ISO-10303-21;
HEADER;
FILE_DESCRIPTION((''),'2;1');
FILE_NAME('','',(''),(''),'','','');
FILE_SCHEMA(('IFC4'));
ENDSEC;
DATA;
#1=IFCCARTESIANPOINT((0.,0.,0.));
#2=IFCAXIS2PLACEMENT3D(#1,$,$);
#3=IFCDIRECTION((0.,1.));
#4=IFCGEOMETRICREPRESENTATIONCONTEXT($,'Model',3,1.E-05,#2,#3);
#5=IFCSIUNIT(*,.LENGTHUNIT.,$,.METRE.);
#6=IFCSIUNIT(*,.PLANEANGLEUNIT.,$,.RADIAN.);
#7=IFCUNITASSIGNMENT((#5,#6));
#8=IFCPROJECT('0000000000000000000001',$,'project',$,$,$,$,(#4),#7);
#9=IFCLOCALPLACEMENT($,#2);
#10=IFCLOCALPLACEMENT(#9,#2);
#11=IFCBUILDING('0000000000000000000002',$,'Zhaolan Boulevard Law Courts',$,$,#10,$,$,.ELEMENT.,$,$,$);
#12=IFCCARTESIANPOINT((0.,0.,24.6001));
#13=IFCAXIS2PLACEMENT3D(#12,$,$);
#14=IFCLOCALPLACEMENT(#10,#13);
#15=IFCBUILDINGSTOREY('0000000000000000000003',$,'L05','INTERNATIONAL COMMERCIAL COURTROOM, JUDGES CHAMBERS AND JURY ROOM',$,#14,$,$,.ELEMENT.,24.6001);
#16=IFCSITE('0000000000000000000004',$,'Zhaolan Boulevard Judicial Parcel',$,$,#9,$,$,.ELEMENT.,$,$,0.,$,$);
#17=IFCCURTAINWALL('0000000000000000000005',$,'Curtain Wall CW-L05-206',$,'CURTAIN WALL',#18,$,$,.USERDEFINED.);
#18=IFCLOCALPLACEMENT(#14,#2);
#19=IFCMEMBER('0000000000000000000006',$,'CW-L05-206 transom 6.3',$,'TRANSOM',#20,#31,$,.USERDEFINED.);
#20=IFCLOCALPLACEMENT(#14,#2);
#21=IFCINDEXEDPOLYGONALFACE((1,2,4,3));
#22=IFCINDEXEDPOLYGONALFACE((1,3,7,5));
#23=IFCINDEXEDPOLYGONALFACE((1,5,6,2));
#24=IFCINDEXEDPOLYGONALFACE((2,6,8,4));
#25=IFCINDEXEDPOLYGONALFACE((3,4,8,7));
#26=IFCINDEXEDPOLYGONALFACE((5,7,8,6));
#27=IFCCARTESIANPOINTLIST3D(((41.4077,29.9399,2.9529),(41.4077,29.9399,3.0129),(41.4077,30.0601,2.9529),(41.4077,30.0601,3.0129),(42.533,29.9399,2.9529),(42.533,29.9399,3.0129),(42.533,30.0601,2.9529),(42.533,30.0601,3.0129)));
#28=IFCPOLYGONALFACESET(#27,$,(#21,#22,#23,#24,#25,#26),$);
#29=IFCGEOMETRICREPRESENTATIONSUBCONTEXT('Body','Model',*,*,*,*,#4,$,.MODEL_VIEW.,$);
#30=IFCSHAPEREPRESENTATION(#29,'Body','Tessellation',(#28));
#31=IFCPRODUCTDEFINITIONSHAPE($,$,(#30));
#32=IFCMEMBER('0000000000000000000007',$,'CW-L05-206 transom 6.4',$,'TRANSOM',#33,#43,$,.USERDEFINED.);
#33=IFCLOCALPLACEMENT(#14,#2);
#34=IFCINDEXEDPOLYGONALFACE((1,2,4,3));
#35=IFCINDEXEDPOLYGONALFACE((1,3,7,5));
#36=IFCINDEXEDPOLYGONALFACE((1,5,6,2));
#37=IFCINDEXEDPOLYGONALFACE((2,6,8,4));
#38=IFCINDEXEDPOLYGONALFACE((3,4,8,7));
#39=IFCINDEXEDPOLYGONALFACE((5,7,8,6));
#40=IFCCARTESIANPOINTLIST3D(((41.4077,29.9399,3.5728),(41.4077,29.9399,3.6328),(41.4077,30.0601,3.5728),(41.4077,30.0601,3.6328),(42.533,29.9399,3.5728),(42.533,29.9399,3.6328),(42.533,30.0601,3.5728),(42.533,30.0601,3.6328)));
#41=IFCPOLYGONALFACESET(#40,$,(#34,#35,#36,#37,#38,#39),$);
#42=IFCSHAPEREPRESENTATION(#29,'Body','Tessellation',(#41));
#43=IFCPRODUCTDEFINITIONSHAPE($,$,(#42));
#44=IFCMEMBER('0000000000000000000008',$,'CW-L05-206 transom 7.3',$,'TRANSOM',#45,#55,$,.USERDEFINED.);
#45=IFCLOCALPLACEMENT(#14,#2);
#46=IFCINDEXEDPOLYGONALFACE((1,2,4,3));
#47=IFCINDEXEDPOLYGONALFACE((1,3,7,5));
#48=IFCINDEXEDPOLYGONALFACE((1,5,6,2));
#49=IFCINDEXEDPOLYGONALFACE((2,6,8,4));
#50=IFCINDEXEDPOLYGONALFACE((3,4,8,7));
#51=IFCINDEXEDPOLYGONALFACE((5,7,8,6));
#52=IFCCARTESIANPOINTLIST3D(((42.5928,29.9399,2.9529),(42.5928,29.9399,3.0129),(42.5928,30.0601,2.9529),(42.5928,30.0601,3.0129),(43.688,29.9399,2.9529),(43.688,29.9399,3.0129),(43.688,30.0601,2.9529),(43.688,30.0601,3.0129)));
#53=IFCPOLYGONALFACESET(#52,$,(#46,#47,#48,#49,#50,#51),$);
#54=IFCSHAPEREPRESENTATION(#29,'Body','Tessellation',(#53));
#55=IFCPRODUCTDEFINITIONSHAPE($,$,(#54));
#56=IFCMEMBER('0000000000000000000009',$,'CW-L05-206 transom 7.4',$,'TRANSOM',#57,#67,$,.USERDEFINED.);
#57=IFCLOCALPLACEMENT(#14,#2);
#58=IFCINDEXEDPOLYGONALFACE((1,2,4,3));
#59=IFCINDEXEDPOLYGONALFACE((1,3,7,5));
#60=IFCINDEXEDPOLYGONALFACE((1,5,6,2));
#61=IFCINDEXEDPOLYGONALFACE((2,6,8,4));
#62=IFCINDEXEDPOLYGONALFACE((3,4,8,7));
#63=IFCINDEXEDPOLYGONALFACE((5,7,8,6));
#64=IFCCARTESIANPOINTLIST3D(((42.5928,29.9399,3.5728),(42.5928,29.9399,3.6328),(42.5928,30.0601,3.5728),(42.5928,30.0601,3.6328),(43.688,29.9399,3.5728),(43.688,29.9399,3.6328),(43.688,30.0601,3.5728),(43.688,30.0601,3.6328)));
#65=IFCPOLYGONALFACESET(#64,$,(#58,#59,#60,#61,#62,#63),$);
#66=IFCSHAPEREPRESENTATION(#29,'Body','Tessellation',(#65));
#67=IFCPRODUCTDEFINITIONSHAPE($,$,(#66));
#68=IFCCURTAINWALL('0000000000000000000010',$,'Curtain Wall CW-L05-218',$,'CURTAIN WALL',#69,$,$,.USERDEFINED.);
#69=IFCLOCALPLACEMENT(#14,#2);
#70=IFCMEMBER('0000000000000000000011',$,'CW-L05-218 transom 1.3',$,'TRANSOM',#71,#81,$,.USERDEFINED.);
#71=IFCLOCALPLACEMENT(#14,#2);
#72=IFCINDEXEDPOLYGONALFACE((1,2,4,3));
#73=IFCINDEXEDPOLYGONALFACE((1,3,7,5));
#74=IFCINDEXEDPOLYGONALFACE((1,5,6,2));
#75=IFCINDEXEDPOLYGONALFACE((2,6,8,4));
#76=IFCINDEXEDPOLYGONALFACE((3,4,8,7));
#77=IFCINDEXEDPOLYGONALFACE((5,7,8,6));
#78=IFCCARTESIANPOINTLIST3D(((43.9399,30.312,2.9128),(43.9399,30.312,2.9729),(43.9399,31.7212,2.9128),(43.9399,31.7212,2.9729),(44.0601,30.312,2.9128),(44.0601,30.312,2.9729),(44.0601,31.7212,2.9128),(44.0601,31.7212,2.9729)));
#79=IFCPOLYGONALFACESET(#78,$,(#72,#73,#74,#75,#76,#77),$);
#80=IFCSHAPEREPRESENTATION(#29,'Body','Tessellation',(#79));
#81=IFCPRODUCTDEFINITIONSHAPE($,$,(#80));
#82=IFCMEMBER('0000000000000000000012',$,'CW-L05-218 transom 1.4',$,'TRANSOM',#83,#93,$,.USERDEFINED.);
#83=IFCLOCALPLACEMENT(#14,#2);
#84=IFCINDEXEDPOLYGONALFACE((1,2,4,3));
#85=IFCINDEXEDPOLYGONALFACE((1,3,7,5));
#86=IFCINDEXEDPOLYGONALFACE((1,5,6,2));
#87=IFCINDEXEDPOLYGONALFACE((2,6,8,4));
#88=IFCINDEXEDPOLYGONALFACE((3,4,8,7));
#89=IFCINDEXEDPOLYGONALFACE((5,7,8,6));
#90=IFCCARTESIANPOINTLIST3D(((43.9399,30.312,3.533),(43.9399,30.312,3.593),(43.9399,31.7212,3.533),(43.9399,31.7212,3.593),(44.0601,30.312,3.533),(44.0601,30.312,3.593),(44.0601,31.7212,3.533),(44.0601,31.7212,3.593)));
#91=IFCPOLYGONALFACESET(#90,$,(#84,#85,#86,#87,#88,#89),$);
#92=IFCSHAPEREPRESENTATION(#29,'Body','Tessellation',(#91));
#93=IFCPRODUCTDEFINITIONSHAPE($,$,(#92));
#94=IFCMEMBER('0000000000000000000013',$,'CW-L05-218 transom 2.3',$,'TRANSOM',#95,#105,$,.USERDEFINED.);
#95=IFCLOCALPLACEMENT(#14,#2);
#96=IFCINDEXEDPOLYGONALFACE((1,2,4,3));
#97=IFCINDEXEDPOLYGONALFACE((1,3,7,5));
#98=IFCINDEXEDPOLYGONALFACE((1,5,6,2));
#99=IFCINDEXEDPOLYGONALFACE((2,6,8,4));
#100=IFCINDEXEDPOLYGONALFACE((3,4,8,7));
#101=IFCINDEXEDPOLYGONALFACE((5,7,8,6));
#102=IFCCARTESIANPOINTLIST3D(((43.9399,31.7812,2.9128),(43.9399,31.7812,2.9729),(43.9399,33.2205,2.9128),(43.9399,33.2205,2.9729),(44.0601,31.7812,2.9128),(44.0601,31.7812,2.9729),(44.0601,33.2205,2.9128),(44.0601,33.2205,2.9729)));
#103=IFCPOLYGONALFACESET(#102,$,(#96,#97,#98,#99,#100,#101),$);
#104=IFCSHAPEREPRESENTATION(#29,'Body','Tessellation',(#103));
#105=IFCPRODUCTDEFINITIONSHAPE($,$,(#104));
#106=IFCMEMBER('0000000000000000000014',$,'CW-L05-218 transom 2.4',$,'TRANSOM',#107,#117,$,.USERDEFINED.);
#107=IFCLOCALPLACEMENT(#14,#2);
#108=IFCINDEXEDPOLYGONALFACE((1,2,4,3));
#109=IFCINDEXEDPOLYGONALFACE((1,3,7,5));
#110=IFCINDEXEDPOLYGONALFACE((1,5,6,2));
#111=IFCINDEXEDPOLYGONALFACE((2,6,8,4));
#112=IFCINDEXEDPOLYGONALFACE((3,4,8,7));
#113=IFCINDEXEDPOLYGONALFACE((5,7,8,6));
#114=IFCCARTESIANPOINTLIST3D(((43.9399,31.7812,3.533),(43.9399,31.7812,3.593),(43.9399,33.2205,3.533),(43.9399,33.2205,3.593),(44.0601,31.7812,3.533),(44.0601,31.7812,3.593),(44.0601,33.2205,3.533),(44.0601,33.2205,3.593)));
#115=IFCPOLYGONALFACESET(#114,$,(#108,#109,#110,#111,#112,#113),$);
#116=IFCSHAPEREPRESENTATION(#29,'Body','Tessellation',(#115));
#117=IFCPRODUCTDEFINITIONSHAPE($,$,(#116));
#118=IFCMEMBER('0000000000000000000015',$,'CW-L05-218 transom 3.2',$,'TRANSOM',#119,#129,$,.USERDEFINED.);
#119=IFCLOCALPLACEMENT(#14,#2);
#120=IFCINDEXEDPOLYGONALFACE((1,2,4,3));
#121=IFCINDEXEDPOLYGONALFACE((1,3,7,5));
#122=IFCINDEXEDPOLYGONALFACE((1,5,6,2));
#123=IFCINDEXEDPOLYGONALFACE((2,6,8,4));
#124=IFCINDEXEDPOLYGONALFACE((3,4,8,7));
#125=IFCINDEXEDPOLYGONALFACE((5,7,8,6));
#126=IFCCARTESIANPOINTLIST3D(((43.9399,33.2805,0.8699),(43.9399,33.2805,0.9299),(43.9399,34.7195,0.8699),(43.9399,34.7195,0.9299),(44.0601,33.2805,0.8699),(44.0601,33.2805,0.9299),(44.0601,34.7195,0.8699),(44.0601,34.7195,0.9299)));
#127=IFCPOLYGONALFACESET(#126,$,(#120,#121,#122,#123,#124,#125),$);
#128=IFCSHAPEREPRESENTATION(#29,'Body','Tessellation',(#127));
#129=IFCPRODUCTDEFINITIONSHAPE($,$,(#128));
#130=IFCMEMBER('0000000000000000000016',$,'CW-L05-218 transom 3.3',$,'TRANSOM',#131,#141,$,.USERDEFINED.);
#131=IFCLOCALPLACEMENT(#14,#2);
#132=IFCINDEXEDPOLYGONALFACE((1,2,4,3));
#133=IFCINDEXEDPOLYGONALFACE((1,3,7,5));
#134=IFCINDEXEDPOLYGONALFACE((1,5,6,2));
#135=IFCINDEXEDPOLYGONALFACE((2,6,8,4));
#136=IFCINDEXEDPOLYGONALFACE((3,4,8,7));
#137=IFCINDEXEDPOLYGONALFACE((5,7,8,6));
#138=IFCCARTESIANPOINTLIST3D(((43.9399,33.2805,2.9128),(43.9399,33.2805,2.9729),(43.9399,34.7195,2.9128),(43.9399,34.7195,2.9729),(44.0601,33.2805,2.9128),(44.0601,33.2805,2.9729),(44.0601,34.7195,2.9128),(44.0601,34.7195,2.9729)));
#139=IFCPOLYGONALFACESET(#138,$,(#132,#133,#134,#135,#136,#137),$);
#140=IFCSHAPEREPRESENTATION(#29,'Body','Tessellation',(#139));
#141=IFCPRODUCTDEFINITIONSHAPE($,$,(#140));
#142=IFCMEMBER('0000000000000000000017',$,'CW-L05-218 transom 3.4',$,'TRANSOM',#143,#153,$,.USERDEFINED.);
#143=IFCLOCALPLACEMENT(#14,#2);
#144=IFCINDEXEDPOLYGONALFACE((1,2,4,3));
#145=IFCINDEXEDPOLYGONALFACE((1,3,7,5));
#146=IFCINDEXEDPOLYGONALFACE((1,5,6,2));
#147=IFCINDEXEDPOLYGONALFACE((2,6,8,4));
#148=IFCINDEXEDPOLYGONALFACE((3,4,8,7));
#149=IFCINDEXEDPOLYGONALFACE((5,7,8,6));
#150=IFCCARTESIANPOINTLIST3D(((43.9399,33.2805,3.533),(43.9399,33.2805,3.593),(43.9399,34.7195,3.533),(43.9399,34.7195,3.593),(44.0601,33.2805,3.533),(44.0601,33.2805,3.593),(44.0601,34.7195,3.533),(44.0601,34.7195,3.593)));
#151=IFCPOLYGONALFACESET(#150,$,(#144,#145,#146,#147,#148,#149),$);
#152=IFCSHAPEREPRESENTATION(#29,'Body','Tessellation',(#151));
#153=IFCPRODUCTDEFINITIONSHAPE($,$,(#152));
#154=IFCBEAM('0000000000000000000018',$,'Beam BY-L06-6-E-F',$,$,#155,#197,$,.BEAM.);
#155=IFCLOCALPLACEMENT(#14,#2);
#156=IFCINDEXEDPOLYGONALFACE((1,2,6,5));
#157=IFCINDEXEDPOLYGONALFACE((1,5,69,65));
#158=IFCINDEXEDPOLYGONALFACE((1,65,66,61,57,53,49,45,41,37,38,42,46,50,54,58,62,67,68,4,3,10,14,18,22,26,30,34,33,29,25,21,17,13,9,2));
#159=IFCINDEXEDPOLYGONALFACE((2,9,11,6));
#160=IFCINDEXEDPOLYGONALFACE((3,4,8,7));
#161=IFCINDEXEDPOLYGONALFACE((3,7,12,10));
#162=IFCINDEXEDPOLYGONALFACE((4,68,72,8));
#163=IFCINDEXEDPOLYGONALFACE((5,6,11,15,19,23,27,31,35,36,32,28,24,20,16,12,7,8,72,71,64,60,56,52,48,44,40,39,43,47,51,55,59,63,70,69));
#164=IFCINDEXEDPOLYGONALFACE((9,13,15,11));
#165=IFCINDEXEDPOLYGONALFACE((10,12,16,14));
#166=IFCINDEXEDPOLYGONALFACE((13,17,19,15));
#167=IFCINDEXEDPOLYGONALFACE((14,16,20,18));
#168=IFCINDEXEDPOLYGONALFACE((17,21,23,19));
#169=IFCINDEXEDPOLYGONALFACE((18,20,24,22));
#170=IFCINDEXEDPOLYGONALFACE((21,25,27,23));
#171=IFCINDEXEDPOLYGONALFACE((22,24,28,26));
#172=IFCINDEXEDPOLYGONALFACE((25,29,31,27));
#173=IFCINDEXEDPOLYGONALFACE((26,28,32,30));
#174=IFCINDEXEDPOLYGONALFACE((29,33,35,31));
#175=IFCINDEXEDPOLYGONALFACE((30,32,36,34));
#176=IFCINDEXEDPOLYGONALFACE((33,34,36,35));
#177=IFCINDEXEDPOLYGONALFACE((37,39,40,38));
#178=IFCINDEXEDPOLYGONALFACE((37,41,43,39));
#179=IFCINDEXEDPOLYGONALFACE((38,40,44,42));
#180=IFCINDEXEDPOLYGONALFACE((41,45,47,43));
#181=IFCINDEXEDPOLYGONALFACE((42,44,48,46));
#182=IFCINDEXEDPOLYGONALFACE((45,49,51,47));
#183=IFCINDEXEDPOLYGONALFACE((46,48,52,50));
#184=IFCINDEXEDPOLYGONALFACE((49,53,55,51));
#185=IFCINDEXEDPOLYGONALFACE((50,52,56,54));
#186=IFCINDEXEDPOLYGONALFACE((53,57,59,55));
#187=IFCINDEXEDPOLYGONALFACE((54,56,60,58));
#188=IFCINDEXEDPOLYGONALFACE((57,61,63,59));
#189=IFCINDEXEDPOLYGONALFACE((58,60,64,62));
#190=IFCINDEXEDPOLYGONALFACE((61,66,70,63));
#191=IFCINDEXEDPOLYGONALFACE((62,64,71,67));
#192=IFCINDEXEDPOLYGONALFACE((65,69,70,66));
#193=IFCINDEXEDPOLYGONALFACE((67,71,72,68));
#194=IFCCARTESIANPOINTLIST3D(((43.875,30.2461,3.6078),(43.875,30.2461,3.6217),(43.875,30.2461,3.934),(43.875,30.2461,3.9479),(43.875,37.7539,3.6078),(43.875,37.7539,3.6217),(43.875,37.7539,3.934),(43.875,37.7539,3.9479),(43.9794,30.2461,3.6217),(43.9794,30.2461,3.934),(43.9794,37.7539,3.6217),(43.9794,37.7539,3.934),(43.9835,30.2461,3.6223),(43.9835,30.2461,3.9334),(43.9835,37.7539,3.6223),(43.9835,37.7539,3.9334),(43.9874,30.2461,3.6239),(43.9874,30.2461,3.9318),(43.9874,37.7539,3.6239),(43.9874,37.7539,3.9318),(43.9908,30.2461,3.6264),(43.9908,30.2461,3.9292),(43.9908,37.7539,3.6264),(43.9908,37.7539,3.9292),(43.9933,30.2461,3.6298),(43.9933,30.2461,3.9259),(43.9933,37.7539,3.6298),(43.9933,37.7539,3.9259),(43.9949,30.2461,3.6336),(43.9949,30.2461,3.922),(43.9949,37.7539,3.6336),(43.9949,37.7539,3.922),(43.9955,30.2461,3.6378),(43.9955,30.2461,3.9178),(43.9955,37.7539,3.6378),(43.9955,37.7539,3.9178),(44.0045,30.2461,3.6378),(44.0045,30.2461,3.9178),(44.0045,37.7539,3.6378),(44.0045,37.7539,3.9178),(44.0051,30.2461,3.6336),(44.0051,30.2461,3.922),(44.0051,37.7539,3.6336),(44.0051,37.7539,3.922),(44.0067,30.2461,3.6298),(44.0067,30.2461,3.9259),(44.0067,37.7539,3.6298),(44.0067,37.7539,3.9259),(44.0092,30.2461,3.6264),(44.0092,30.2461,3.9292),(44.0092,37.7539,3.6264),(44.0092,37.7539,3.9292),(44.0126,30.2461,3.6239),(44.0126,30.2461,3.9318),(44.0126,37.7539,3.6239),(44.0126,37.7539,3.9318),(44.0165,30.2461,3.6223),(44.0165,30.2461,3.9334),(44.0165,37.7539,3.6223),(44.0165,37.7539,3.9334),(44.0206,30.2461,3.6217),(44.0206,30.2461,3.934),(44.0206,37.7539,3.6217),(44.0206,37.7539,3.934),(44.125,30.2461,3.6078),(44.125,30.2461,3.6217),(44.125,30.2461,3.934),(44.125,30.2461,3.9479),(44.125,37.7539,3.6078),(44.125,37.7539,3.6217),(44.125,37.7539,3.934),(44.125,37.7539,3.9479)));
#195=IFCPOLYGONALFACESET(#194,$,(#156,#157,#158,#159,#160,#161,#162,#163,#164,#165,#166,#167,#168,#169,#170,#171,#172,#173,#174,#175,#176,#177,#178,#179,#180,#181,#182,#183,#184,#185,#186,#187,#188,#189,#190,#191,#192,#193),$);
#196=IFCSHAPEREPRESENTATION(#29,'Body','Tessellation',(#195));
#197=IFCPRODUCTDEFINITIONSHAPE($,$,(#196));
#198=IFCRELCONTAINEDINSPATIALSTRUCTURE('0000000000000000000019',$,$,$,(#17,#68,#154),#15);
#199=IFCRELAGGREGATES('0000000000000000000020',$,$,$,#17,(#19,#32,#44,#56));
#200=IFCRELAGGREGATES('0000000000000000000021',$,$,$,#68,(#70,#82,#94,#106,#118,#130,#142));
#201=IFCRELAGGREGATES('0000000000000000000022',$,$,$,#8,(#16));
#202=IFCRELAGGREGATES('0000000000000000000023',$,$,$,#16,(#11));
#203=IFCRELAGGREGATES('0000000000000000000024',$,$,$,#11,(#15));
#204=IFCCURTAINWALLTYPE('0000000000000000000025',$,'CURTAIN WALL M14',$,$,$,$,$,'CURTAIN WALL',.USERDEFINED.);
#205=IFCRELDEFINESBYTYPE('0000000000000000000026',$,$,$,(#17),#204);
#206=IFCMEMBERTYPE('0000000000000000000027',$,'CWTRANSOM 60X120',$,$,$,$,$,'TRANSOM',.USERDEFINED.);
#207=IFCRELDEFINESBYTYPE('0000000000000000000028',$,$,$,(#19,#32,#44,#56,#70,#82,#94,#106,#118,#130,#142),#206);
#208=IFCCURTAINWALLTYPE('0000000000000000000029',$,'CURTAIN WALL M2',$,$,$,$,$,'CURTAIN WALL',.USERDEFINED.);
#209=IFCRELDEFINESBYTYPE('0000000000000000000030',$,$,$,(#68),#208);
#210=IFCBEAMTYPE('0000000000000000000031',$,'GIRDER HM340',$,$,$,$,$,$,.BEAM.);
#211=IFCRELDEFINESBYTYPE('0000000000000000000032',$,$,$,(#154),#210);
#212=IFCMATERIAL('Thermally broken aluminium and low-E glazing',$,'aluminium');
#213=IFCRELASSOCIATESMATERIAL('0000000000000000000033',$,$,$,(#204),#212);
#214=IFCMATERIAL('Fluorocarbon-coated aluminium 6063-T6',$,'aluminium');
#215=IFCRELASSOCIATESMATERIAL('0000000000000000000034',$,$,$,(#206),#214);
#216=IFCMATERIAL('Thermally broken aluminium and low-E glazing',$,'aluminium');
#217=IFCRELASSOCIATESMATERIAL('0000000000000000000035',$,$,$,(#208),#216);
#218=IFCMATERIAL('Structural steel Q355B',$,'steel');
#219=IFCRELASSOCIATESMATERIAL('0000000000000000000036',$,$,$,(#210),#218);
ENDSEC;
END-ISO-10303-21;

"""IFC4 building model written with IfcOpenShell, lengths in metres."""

from ifc_helpers import new_model, si_unit, direction, frame, origin, origin_2d, place, context, subcontext, project, spatial, rectangle, i_section, extrude, material, material_profile, profile_set, type_object, element, aggregate, save


model = new_model("IFC4")

# Units and contexts
model_context = context("Model", 3, precision=1e-05, world=origin(), true_north=direction((0.0, 1.0)))
body_context = subcontext(model_context, "Body", "Model", "MODEL_VIEW")
ifc_project = project(units=[si_unit("LENGTHUNIT", "METRE"), si_unit("PLANEANGLEUNIT", "RADIAN")], contexts=[model_context])

# Site, building, storey
site_placement = place(None, origin())
site = spatial("IfcSite", under=ifc_project, at=site_placement, Name="Zhaolan Boulevard Judicial Parcel", CompositionType="ELEMENT", RefElevation=0.0)
building_placement = place(site_placement, origin())
building = spatial("IfcBuilding", under=site, at=building_placement, Name="Zhaolan Boulevard Law Courts", CompositionType="ELEMENT")
storey_placement = place(building_placement, frame((0.0, 0.0, 24.6001)))
storey = spatial("IfcBuildingStorey", under=building, at=storey_placement, Name="L05", Description="INTERNATIONAL COMMERCIAL COURTROOM, JUDGES CHAMBERS AND JURY ROOM", CompositionType="ELEMENT", Elevation=24.6001)

# Curtain walls, members
ifc_material_1 = material(Name="Thermally broken aluminium and low-E glazing", Category="aluminium")
curtain_wall_type_1 = type_object("IfcCurtainWallType", Name="CURTAIN WALL M14", ElementType="CURTAIN WALL", PredefinedType="USERDEFINED", material=ifc_material_1)
curtain_wall_1_placement = place(storey_placement, origin())
curtain_wall_1 = element("IfcCurtainWall", 1, at=curtain_wall_1_placement, inside=storey, type_object=curtain_wall_type_1, Name="Curtain Wall CW-L05-206", ObjectType="CURTAIN WALL", PredefinedType="USERDEFINED")
ifc_material_2 = material(Name="Fluorocarbon-coated aluminium 6063-T6", Category="aluminium")
ifc_material_profile_1 = material_profile(ifc_material_2, rectangle(XDim=0.1201, YDim=0.0601, at=origin_2d()), Name="AL60x120")
ifc_profile_set_1 = profile_set([ifc_material_profile_1], Name="Fluorocarbon-coated aluminium 6063-T6")
member_type = type_object("IfcMemberType", Name="CWTRANSOM 60X120", ElementType="TRANSOM", PredefinedType="USERDEFINED", material=ifc_profile_set_1)
member_1_placement = place(storey_placement, frame((41.4077, 30.0, 2.9829), z_axis=(1.0, 0.0, 0.0), x_axis=(0.0, 1.0, 0.0)))
member_1 = element("IfcMember", 2, at=member_1_placement, type_object=member_type, Name="CW-L05-206 transom 6.3", ObjectType="TRANSOM", PredefinedType="USERDEFINED", context=body_context, shape_type="SweptSolid", body=[
    extrude(rectangle(XDim=0.1201, YDim=0.0601, at=origin_2d()), origin(), (0.0, 0.0, 1.0), 1.1252),
])
member_2_placement = place(storey_placement, frame((41.4077, 30.0, 3.6028), z_axis=(1.0, 0.0, 0.0), x_axis=(0.0, 1.0, 0.0)))
member_2 = element("IfcMember", 3, at=member_2_placement, type_object=member_type, Name="CW-L05-206 transom 6.4", ObjectType="TRANSOM", PredefinedType="USERDEFINED", context=body_context, shape_type="SweptSolid", body=[
    extrude(rectangle(XDim=0.1201, YDim=0.0601, at=origin_2d()), origin(), (0.0, 0.0, 1.0), 1.1252),
])
member_3_placement = place(storey_placement, frame((42.5928, 30.0, 2.9829), z_axis=(1.0, 0.0, 0.0), x_axis=(0.0, 1.0, 0.0)))
member_3 = element("IfcMember", 4, at=member_3_placement, type_object=member_type, Name="CW-L05-206 transom 7.3", ObjectType="TRANSOM", PredefinedType="USERDEFINED", context=body_context, shape_type="SweptSolid", body=[
    extrude(rectangle(XDim=0.1201, YDim=0.0601, at=origin_2d()), origin(), (0.0, 0.0, 1.0), 1.0952),
])
member_4_placement = place(storey_placement, frame((42.5928, 30.0, 3.6028), z_axis=(1.0, 0.0, 0.0), x_axis=(0.0, 1.0, 0.0)))
member_4 = element("IfcMember", 5, at=member_4_placement, type_object=member_type, Name="CW-L05-206 transom 7.4", ObjectType="TRANSOM", PredefinedType="USERDEFINED", context=body_context, shape_type="SweptSolid", body=[
    extrude(rectangle(XDim=0.1201, YDim=0.0601, at=origin_2d()), origin(), (0.0, 0.0, 1.0), 1.0952),
])
ifc_material_3 = material(Name="Thermally broken aluminium and low-E glazing", Category="aluminium")
curtain_wall_type_2 = type_object("IfcCurtainWallType", Name="CURTAIN WALL M2", ElementType="CURTAIN WALL", PredefinedType="USERDEFINED", material=ifc_material_3)
curtain_wall_2_placement = place(storey_placement, origin())
curtain_wall_2 = element("IfcCurtainWall", 6, at=curtain_wall_2_placement, inside=storey, type_object=curtain_wall_type_2, Name="Curtain Wall CW-L05-218", ObjectType="CURTAIN WALL", PredefinedType="USERDEFINED")
member_5_placement = place(storey_placement, frame((44.0, 30.312, 2.9429), z_axis=(0.0, 1.0, 0.0), x_axis=(-1.0, 0.0, 0.0)))
member_5 = element("IfcMember", 7, at=member_5_placement, type_object=member_type, Name="CW-L05-218 transom 1.3", ObjectType="TRANSOM", PredefinedType="USERDEFINED", context=body_context, shape_type="SweptSolid", body=[
    extrude(rectangle(XDim=0.1201, YDim=0.0601, at=origin_2d()), origin(), (0.0, 0.0, 1.0), 1.4092),
])
member_6_placement = place(storey_placement, frame((44.0, 30.312, 3.563), z_axis=(0.0, 1.0, 0.0), x_axis=(-1.0, 0.0, 0.0)))
member_6 = element("IfcMember", 8, at=member_6_placement, type_object=member_type, Name="CW-L05-218 transom 1.4", ObjectType="TRANSOM", PredefinedType="USERDEFINED", context=body_context, shape_type="SweptSolid", body=[
    extrude(rectangle(XDim=0.1201, YDim=0.0601, at=origin_2d()), origin(), (0.0, 0.0, 1.0), 1.4092),
])
member_7_placement = place(storey_placement, frame((44.0, 31.7812, 2.9429), z_axis=(0.0, 1.0, 0.0), x_axis=(-1.0, 0.0, 0.0)))
member_7 = element("IfcMember", 9, at=member_7_placement, type_object=member_type, Name="CW-L05-218 transom 2.3", ObjectType="TRANSOM", PredefinedType="USERDEFINED", context=body_context, shape_type="SweptSolid", body=[
    extrude(rectangle(XDim=0.1201, YDim=0.0601, at=origin_2d()), origin(), (0.0, 0.0, 1.0), 1.4392),
])
member_8_placement = place(storey_placement, frame((44.0, 31.7812, 3.563), z_axis=(0.0, 1.0, 0.0), x_axis=(-1.0, 0.0, 0.0)))
member_8 = element("IfcMember", 10, at=member_8_placement, type_object=member_type, Name="CW-L05-218 transom 2.4", ObjectType="TRANSOM", PredefinedType="USERDEFINED", context=body_context, shape_type="SweptSolid", body=[
    extrude(rectangle(XDim=0.1201, YDim=0.0601, at=origin_2d()), origin(), (0.0, 0.0, 1.0), 1.4392),
])
member_9_placement = place(storey_placement, frame((44.0, 33.2805, 0.8999), z_axis=(0.0, 1.0, 0.0), x_axis=(-1.0, 0.0, 0.0)))
member_9 = element("IfcMember", 11, at=member_9_placement, type_object=member_type, Name="CW-L05-218 transom 3.2", ObjectType="TRANSOM", PredefinedType="USERDEFINED", context=body_context, shape_type="SweptSolid", body=[
    extrude(rectangle(XDim=0.1201, YDim=0.0601, at=origin_2d()), origin(), (0.0, 0.0, 1.0), 1.439),
])
member_10_placement = place(storey_placement, frame((44.0, 33.2805, 2.9429), z_axis=(0.0, 1.0, 0.0), x_axis=(-1.0, 0.0, 0.0)))
member_10 = element("IfcMember", 12, at=member_10_placement, type_object=member_type, Name="CW-L05-218 transom 3.3", ObjectType="TRANSOM", PredefinedType="USERDEFINED", context=body_context, shape_type="SweptSolid", body=[
    extrude(rectangle(XDim=0.1201, YDim=0.0601, at=origin_2d()), origin(), (0.0, 0.0, 1.0), 1.439),
])
member_11_placement = place(storey_placement, frame((44.0, 33.2805, 3.563), z_axis=(0.0, 1.0, 0.0), x_axis=(-1.0, 0.0, 0.0)))
member_11 = element("IfcMember", 13, at=member_11_placement, type_object=member_type, Name="CW-L05-218 transom 3.4", ObjectType="TRANSOM", PredefinedType="USERDEFINED", context=body_context, shape_type="SweptSolid", body=[
    extrude(rectangle(XDim=0.1201, YDim=0.0601, at=origin_2d()), origin(), (0.0, 0.0, 1.0), 1.439),
])

# Beam
ifc_material_4 = material(Name="Structural steel Q355B", Category="steel")
ifc_material_profile_2 = material_profile(ifc_material_4, i_section(OverallWidth=0.25, OverallDepth=0.3401, WebThickness=0.009, FlangeThickness=0.0139, FilletRadius=0.0161, at=origin_2d()), Name="HM340x250")
ifc_profile_set_2 = profile_set([ifc_material_profile_2], Name="Structural steel Q355B")
beam_type = type_object("IfcBeamType", Name="GIRDER HM340", PredefinedType="BEAM", material=ifc_profile_set_2)
beam_placement = place(storey_placement, frame((44.0, 30.2461, 3.7778), z_axis=(0.0, 1.0, 0.0), x_axis=(-1.0, 0.0, 0.0)))
element("IfcBeam", 14, at=beam_placement, inside=storey, type_object=beam_type, Name="Beam BY-L06-6-E-F", PredefinedType="BEAM", context=body_context, shape_type="SweptSolid", body=[
    extrude(i_section(OverallWidth=0.25, OverallDepth=0.3401, WebThickness=0.009, FlangeThickness=0.0139, FilletRadius=0.0161, at=origin_2d()), origin(), (0.0, 0.0, 1.0), 7.5078),
])

aggregate(curtain_wall_1, [member_1, member_2, member_3, member_4])
aggregate(curtain_wall_2, [member_5, member_6, member_7, member_8, member_9, member_10, member_11])

save(model, "model.ifc")
